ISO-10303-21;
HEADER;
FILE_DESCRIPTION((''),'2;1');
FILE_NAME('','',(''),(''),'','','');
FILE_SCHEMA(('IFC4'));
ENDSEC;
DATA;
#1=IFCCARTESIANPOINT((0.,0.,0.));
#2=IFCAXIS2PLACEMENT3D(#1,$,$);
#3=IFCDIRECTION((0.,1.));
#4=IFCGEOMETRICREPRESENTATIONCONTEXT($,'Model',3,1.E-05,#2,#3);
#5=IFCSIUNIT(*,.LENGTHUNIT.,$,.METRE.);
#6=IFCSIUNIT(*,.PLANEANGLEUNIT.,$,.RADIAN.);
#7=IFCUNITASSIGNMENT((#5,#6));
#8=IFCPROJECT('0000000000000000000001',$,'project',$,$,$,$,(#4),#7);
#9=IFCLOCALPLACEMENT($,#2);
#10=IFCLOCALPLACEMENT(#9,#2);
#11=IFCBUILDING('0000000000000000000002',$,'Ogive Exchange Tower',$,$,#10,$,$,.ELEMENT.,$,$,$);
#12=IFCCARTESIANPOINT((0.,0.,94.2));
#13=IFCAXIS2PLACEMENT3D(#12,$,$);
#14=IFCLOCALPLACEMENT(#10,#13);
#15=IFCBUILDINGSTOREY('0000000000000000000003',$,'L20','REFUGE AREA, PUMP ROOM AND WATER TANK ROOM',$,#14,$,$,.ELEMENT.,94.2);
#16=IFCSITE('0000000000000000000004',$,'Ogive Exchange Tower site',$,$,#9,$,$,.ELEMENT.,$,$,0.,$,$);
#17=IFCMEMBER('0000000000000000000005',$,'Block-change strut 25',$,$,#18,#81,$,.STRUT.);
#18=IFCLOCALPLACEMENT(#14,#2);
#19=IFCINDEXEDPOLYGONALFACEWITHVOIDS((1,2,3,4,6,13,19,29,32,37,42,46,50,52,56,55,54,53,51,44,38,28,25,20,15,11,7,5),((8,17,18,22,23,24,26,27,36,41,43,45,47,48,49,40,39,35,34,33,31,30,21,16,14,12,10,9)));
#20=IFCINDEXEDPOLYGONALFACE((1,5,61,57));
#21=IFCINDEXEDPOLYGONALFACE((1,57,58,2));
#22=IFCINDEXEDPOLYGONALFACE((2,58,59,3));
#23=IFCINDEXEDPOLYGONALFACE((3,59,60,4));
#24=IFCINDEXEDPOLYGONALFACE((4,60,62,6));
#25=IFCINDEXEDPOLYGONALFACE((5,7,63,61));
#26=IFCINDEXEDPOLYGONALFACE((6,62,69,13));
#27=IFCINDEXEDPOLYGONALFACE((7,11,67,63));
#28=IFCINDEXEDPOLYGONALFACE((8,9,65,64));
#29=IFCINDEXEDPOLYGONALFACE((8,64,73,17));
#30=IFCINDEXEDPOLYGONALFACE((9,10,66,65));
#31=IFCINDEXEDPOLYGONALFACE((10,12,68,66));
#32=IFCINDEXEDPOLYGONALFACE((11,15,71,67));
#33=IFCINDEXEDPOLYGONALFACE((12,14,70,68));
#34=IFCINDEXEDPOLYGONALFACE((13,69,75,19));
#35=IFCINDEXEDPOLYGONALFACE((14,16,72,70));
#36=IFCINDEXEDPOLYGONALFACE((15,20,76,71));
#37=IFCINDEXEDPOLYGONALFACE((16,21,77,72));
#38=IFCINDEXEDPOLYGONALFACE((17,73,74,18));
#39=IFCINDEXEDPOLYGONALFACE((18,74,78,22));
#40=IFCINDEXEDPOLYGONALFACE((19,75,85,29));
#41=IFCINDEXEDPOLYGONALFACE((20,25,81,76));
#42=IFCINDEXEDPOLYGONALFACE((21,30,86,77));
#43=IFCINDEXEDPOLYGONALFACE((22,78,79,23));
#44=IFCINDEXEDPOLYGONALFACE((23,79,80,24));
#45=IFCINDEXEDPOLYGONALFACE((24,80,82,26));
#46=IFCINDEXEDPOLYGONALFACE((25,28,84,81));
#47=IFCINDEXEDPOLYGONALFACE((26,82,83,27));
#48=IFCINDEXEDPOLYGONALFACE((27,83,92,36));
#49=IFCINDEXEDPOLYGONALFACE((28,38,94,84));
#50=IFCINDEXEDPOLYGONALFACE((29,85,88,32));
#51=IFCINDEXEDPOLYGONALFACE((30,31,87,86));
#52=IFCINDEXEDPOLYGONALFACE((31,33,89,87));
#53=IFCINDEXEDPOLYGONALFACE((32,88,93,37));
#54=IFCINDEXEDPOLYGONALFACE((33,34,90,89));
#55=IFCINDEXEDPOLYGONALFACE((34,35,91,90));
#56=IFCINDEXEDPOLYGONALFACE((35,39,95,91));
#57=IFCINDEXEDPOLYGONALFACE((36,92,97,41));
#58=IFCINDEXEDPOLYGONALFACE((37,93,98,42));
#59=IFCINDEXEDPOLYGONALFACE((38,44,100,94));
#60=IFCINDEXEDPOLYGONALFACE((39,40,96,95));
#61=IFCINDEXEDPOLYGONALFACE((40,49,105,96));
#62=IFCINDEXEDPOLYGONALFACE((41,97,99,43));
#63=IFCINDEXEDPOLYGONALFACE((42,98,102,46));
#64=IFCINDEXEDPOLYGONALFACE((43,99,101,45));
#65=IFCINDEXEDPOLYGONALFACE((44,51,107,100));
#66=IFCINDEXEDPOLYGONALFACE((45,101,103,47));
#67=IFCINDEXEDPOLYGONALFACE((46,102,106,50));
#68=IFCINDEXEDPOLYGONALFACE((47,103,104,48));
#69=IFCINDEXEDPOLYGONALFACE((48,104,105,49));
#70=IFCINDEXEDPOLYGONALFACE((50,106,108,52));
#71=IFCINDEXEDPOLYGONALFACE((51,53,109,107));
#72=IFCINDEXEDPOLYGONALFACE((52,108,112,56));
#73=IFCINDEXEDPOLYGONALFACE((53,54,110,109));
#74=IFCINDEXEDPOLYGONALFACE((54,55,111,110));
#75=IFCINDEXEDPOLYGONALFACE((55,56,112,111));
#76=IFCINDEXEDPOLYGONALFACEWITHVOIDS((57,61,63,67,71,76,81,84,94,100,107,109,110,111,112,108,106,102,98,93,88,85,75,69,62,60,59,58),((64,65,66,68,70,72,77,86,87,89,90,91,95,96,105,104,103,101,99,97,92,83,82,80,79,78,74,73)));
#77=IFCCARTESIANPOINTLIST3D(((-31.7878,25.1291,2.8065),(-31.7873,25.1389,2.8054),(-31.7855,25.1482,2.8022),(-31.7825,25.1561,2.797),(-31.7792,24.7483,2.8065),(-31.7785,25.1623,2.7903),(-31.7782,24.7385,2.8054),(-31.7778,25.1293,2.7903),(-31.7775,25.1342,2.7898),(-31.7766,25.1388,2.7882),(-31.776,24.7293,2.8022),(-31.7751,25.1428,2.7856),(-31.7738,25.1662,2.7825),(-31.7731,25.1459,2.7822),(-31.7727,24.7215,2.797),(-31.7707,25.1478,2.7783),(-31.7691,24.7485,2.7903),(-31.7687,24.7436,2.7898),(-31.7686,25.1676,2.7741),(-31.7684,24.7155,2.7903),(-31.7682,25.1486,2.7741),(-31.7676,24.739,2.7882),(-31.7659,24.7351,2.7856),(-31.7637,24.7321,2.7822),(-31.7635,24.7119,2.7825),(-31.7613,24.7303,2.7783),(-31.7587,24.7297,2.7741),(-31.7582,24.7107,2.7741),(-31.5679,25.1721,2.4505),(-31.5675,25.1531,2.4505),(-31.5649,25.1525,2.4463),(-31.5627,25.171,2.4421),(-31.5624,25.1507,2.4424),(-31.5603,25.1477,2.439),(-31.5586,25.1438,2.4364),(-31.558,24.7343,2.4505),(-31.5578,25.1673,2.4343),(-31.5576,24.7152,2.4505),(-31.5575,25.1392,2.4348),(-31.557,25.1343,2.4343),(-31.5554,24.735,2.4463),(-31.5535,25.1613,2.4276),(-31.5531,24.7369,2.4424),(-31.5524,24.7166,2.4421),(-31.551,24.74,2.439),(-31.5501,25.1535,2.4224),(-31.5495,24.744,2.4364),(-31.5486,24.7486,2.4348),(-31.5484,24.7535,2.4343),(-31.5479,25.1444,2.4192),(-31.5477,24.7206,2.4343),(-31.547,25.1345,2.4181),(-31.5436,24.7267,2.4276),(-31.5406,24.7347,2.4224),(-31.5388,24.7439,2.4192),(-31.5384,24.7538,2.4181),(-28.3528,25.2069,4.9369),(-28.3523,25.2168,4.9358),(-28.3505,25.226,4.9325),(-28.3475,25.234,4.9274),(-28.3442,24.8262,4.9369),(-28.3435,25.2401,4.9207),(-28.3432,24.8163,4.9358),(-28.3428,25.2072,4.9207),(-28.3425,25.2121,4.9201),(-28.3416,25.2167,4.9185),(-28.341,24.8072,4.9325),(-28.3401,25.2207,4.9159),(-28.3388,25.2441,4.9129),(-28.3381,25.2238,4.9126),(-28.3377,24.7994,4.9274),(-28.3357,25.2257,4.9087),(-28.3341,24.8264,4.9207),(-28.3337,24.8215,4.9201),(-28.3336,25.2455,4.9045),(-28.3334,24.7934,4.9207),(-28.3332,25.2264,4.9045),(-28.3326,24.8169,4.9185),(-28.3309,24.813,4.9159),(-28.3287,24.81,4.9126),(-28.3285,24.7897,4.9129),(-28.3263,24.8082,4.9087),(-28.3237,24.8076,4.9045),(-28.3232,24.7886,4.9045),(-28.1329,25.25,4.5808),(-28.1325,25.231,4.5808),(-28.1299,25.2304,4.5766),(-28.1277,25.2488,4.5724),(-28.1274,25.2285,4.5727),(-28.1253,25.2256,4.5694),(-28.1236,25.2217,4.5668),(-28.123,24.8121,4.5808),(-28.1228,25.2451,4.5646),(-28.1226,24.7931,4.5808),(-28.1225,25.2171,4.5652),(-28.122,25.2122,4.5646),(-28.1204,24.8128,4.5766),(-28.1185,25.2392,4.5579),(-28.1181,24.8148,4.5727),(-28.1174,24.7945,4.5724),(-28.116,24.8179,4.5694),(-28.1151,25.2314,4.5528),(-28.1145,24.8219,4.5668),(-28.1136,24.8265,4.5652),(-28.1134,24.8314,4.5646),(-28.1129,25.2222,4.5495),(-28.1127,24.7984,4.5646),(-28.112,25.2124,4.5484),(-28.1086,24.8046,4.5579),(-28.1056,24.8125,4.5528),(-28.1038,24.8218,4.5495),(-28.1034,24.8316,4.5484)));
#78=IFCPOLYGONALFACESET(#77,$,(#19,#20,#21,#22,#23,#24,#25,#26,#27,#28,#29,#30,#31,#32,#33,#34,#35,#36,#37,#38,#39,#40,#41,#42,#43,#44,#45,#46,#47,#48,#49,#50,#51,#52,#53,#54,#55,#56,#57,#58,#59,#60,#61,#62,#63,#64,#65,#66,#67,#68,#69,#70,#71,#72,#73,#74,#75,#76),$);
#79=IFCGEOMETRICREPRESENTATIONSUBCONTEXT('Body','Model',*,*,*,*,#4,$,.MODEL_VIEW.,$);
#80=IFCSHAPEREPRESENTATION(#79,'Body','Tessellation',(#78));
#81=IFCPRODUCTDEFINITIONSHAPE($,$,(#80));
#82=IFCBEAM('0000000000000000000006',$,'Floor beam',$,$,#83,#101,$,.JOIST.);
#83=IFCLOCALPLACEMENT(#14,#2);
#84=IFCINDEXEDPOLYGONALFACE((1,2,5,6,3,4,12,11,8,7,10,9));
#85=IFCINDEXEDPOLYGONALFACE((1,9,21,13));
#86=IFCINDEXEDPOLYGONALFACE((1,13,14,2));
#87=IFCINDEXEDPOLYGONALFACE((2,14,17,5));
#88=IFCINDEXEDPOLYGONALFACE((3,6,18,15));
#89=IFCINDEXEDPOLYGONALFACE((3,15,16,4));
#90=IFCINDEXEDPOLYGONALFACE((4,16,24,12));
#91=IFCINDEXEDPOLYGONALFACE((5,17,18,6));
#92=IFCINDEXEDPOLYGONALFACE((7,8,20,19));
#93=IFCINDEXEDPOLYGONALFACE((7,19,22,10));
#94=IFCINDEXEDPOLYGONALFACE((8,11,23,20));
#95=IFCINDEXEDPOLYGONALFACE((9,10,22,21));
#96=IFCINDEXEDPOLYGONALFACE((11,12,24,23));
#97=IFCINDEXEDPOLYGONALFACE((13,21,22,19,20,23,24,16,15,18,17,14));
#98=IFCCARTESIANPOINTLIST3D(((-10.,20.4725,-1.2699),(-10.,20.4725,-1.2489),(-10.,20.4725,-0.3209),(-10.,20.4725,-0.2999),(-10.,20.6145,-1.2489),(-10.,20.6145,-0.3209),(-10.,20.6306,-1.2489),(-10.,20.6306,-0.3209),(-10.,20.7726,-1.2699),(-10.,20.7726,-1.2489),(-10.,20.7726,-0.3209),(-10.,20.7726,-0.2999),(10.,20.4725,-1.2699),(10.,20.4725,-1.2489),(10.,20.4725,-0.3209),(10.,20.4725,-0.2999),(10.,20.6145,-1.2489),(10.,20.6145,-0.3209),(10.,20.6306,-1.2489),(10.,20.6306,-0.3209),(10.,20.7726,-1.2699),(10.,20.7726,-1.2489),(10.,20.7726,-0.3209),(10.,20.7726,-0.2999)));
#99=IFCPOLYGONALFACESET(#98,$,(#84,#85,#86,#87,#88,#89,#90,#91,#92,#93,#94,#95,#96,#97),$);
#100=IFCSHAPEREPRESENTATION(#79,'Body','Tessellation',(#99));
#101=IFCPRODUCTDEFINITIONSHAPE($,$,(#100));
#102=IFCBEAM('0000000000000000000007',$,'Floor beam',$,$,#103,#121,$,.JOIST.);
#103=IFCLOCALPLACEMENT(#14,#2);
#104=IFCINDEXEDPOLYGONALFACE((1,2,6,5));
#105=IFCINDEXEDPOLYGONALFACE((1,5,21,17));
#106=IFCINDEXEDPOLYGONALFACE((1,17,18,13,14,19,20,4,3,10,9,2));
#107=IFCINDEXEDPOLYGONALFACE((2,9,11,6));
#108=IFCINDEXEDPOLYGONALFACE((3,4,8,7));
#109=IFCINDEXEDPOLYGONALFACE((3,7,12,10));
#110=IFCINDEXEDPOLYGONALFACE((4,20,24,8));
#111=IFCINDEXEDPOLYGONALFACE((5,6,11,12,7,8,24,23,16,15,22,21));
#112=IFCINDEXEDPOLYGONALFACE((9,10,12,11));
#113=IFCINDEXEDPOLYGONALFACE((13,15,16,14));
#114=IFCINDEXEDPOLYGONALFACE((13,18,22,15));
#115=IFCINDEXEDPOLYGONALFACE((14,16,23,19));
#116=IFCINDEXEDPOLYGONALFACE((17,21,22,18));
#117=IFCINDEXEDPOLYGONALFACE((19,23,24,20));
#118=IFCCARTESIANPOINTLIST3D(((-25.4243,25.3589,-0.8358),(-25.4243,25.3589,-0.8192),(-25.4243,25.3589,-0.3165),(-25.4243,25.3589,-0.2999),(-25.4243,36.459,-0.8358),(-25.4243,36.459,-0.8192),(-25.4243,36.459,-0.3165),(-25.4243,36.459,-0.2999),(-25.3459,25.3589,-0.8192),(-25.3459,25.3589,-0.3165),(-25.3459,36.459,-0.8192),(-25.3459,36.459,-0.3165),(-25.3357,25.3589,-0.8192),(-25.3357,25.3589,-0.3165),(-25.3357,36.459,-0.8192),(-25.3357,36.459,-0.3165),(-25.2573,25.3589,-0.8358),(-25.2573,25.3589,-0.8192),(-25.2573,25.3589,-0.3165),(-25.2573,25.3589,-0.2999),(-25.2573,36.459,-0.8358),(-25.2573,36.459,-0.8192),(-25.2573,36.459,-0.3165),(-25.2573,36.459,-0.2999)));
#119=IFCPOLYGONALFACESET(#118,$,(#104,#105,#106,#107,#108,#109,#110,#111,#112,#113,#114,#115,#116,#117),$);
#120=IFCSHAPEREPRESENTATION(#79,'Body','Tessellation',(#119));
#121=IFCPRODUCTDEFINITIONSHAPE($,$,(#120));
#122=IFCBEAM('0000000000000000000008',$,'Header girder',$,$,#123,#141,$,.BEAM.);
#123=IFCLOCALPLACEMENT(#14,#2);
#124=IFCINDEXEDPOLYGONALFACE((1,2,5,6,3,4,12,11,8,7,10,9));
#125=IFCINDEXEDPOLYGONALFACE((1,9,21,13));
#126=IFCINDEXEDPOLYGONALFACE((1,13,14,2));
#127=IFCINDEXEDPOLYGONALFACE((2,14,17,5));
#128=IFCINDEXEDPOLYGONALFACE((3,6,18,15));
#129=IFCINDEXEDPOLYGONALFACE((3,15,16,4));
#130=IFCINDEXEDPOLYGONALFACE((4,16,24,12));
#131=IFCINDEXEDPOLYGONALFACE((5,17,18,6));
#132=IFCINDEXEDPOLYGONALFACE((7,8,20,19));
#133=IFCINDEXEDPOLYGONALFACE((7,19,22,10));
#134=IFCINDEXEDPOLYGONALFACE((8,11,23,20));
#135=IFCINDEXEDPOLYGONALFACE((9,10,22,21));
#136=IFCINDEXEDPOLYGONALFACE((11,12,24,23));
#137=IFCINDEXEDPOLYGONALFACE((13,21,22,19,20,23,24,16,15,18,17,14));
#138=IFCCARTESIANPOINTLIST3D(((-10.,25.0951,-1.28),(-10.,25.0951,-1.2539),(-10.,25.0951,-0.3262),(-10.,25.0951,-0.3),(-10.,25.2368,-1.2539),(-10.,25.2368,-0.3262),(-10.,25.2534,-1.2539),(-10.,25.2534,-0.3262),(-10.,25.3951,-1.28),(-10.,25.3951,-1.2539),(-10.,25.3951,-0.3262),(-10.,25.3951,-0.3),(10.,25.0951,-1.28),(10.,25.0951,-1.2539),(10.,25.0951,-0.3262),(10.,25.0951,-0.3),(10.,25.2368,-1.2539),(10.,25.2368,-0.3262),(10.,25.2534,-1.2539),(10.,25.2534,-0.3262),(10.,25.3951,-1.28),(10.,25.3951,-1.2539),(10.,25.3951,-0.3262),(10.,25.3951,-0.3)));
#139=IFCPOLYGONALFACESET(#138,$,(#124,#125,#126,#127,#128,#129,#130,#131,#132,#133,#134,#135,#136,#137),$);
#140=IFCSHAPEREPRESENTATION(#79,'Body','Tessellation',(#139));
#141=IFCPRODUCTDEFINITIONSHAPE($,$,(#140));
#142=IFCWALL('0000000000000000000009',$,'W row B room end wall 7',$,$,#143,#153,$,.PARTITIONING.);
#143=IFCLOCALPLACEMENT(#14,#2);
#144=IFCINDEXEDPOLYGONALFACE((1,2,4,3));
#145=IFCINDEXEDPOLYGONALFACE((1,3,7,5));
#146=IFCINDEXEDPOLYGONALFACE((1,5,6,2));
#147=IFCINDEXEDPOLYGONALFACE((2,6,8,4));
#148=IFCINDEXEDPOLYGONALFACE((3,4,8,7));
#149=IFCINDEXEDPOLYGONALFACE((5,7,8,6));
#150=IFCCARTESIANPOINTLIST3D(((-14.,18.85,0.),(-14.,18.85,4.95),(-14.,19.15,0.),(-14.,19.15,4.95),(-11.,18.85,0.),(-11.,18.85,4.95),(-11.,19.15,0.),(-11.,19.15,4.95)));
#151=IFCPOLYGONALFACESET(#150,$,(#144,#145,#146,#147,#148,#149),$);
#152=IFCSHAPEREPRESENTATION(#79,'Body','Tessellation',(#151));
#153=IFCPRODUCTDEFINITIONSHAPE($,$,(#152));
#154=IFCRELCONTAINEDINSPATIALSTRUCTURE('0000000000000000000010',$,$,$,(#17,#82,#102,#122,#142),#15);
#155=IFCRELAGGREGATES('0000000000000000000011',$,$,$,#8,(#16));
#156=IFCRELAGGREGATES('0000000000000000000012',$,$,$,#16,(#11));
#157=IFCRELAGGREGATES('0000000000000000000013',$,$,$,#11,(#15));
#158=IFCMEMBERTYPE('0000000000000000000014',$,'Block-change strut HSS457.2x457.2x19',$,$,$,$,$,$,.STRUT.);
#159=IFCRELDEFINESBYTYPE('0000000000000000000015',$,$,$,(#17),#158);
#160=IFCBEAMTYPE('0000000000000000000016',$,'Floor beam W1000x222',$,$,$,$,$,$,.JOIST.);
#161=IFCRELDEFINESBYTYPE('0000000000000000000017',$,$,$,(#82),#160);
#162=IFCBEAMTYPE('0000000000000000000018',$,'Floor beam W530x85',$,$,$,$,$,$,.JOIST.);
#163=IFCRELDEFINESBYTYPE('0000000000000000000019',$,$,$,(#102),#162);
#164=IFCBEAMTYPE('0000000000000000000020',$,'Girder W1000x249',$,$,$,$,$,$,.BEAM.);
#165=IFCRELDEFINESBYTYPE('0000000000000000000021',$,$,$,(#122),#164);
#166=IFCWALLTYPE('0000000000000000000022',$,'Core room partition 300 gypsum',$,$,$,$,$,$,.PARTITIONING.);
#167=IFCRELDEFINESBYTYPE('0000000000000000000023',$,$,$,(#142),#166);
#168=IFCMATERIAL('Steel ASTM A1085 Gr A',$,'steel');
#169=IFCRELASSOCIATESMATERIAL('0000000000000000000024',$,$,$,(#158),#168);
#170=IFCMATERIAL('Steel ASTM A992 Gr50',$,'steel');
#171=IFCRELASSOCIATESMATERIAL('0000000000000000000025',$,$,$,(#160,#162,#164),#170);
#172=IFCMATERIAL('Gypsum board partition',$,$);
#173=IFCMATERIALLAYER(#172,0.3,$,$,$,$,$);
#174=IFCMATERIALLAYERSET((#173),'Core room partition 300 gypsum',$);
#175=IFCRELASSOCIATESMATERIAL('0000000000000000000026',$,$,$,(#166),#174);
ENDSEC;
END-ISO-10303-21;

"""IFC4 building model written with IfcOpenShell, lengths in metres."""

from ifc_helpers import new_model, si_unit, direction, frame, frame_2d, origin, origin_2d, place, context, subcontext, project, spatial, rectangle, hollow_rectangle, i_section, extrude, material, layer, layer_set, material_profile, profile_set, type_object, element, save


model = new_model("IFC4")

# Units and contexts
model_context = context("Model", 3, precision=1e-05, world=origin(), true_north=direction((0.0, 1.0)))
body_context = subcontext(model_context, "Body", "Model", "MODEL_VIEW")
ifc_project = project(units=[si_unit("LENGTHUNIT", "METRE"), si_unit("PLANEANGLEUNIT", "RADIAN")], contexts=[model_context])

# Site, building, storey
site_placement = place(None, origin())
site = spatial("IfcSite", under=ifc_project, at=site_placement, Name="Ogive Exchange Tower site", CompositionType="ELEMENT", RefElevation=0.0)
building_placement = place(site_placement, origin())
building = spatial("IfcBuilding", under=site, at=building_placement, Name="Ogive Exchange Tower", CompositionType="ELEMENT")
storey_placement = place(building_placement, frame((0.0, 0.0, 94.2)))
storey = spatial("IfcBuildingStorey", under=building, at=storey_placement, Name="L20", Description="REFUGE AREA, PUMP ROOM AND WATER TANK ROOM", CompositionType="ELEMENT", Elevation=94.2)

# Member
ifc_material_1 = material(Name="Steel ASTM A1085 Gr A", Category="steel")
ifc_material_profile_1 = material_profile(ifc_material_1, hollow_rectangle(XDim=0.457, YDim=0.457, WallThickness=0.019, InnerFilletRadius=0.019, OuterFilletRadius=0.0381, at=origin_2d()), Name="HSS457.2x457.2x19")
ifc_profile_set_1 = profile_set([ifc_material_profile_1], Name="Steel ASTM A1085 Gr A")
member_type = type_object("IfcMemberType", Name="Block-change strut HSS457.2x457.2x19", PredefinedType="STRUT", material=ifc_profile_set_1)
member_placement = place(storey_placement, frame((-31.6631, 24.9414, 2.6123), z_axis=(0.849675, 0.019264, 0.526955), x_axis=(-0.022667, 0.999743, 0.0)))
element("IfcMember", 1, at=member_placement, inside=storey, type_object=member_type, Name="Block-change strut 25", PredefinedType="STRUT", context=body_context, shape_type="SweptSolid", body=[
    extrude(hollow_rectangle(XDim=0.457, YDim=0.457, WallThickness=0.019, InnerFilletRadius=0.019, OuterFilletRadius=0.0381, at=origin_2d()), origin(), (0.0, 0.0, 1.0), 4.0427),
])

# Beams
ifc_material_2 = material(Name="Steel ASTM A992 Gr50", Category="steel")
ifc_material_profile_2 = material_profile(ifc_material_2, i_section(OverallWidth=0.3, OverallDepth=0.97, WebThickness=0.0161, FlangeThickness=0.021, at=origin_2d()), Name="W1000x222")
ifc_profile_set_2 = profile_set([ifc_material_profile_2], Name="Steel ASTM A992 Gr50")
beam_type_1 = type_object("IfcBeamType", Name="Floor beam W1000x222", PredefinedType="JOIST", material=ifc_profile_set_2)
beam_1_placement = place(storey_placement, frame((-10.0, 20.6226, -0.7849), z_axis=(1.0, 0.0, 0.0), x_axis=(0.0, 1.0, 0.0)))
element("IfcBeam", 2, at=beam_1_placement, inside=storey, type_object=beam_type_1, Name="Floor beam", PredefinedType="JOIST", context=body_context, shape_type="SweptSolid", body=[
    extrude(i_section(OverallWidth=0.3, OverallDepth=0.97, WebThickness=0.0161, FlangeThickness=0.021, at=origin_2d()), origin(), (0.0, 0.0, 1.0), 20.0),
])
ifc_material_profile_3 = material_profile(ifc_material_2, i_section(OverallWidth=0.167, OverallDepth=0.5359, WebThickness=0.0103, FlangeThickness=0.0166, at=origin_2d()), Name="W530x85")
ifc_profile_set_3 = profile_set([ifc_material_profile_3], Name="Steel ASTM A992 Gr50")
beam_type_2 = type_object("IfcBeamType", Name="Floor beam W530x85", PredefinedType="JOIST", material=ifc_profile_set_3)
beam_2_placement = place(storey_placement, frame((-25.3408, 25.3589, -0.5679), z_axis=(0.0, 1.0, 0.0), x_axis=(-1.0, 0.0, 0.0)))
element("IfcBeam", 3, at=beam_2_placement, inside=storey, type_object=beam_type_2, Name="Floor beam", PredefinedType="JOIST", context=body_context, shape_type="SweptSolid", body=[
    extrude(i_section(OverallWidth=0.167, OverallDepth=0.5359, WebThickness=0.0103, FlangeThickness=0.0166, at=origin_2d()), origin(), (0.0, 0.0, 1.0), 11.1001),
])
ifc_material_profile_4 = material_profile(ifc_material_2, i_section(OverallWidth=0.3, OverallDepth=0.98, WebThickness=0.0166, FlangeThickness=0.0261, at=origin_2d()), Name="W1000x249")
ifc_profile_set_4 = profile_set([ifc_material_profile_4], Name="Steel ASTM A992 Gr50")
beam_type_3 = type_object("IfcBeamType", Name="Girder W1000x249", PredefinedType="BEAM", material=ifc_profile_set_4)
beam_3_placement = place(storey_placement, frame((-10.0, 25.2451, -0.79), z_axis=(1.0, 0.0, 0.0), x_axis=(0.0, 1.0, 0.0)))
element("IfcBeam", 4, at=beam_3_placement, inside=storey, type_object=beam_type_3, Name="Header girder", PredefinedType="BEAM", context=body_context, shape_type="SweptSolid", body=[
    extrude(i_section(OverallWidth=0.3, OverallDepth=0.98, WebThickness=0.0166, FlangeThickness=0.0261, at=origin_2d()), origin(), (0.0, 0.0, 1.0), 20.0),
])

# Wall
ifc_material_3 = material(Name="Gypsum board partition")
ifc_layer_1 = layer(ifc_material_3, 0.3)
ifc_layer_set_1 = layer_set([ifc_layer_1], Name="Core room partition 300 gypsum")
wall_type_1 = type_object("IfcWallType", Name="Core room partition 300 gypsum", PredefinedType="PARTITIONING", material=ifc_layer_set_1)
wall_1_placement = place(storey_placement, frame((-14.0, 19.0, 0.0), z_axis=(0.0, 0.0, 1.0), x_axis=(1.0, 0.0, 0.0)))
element("IfcWall", 5, at=wall_1_placement, inside=storey, type_object=wall_type_1, Name="W row B room end wall 7", PredefinedType="PARTITIONING", context=body_context, shape_type="SweptSolid", body=[
    extrude(rectangle(XDim=3.0, YDim=0.3, at=frame_2d((1.5, 0.0))), origin(), (0.0, 0.0, 1.0), 4.95),
])

save(model, "model.ifc")
